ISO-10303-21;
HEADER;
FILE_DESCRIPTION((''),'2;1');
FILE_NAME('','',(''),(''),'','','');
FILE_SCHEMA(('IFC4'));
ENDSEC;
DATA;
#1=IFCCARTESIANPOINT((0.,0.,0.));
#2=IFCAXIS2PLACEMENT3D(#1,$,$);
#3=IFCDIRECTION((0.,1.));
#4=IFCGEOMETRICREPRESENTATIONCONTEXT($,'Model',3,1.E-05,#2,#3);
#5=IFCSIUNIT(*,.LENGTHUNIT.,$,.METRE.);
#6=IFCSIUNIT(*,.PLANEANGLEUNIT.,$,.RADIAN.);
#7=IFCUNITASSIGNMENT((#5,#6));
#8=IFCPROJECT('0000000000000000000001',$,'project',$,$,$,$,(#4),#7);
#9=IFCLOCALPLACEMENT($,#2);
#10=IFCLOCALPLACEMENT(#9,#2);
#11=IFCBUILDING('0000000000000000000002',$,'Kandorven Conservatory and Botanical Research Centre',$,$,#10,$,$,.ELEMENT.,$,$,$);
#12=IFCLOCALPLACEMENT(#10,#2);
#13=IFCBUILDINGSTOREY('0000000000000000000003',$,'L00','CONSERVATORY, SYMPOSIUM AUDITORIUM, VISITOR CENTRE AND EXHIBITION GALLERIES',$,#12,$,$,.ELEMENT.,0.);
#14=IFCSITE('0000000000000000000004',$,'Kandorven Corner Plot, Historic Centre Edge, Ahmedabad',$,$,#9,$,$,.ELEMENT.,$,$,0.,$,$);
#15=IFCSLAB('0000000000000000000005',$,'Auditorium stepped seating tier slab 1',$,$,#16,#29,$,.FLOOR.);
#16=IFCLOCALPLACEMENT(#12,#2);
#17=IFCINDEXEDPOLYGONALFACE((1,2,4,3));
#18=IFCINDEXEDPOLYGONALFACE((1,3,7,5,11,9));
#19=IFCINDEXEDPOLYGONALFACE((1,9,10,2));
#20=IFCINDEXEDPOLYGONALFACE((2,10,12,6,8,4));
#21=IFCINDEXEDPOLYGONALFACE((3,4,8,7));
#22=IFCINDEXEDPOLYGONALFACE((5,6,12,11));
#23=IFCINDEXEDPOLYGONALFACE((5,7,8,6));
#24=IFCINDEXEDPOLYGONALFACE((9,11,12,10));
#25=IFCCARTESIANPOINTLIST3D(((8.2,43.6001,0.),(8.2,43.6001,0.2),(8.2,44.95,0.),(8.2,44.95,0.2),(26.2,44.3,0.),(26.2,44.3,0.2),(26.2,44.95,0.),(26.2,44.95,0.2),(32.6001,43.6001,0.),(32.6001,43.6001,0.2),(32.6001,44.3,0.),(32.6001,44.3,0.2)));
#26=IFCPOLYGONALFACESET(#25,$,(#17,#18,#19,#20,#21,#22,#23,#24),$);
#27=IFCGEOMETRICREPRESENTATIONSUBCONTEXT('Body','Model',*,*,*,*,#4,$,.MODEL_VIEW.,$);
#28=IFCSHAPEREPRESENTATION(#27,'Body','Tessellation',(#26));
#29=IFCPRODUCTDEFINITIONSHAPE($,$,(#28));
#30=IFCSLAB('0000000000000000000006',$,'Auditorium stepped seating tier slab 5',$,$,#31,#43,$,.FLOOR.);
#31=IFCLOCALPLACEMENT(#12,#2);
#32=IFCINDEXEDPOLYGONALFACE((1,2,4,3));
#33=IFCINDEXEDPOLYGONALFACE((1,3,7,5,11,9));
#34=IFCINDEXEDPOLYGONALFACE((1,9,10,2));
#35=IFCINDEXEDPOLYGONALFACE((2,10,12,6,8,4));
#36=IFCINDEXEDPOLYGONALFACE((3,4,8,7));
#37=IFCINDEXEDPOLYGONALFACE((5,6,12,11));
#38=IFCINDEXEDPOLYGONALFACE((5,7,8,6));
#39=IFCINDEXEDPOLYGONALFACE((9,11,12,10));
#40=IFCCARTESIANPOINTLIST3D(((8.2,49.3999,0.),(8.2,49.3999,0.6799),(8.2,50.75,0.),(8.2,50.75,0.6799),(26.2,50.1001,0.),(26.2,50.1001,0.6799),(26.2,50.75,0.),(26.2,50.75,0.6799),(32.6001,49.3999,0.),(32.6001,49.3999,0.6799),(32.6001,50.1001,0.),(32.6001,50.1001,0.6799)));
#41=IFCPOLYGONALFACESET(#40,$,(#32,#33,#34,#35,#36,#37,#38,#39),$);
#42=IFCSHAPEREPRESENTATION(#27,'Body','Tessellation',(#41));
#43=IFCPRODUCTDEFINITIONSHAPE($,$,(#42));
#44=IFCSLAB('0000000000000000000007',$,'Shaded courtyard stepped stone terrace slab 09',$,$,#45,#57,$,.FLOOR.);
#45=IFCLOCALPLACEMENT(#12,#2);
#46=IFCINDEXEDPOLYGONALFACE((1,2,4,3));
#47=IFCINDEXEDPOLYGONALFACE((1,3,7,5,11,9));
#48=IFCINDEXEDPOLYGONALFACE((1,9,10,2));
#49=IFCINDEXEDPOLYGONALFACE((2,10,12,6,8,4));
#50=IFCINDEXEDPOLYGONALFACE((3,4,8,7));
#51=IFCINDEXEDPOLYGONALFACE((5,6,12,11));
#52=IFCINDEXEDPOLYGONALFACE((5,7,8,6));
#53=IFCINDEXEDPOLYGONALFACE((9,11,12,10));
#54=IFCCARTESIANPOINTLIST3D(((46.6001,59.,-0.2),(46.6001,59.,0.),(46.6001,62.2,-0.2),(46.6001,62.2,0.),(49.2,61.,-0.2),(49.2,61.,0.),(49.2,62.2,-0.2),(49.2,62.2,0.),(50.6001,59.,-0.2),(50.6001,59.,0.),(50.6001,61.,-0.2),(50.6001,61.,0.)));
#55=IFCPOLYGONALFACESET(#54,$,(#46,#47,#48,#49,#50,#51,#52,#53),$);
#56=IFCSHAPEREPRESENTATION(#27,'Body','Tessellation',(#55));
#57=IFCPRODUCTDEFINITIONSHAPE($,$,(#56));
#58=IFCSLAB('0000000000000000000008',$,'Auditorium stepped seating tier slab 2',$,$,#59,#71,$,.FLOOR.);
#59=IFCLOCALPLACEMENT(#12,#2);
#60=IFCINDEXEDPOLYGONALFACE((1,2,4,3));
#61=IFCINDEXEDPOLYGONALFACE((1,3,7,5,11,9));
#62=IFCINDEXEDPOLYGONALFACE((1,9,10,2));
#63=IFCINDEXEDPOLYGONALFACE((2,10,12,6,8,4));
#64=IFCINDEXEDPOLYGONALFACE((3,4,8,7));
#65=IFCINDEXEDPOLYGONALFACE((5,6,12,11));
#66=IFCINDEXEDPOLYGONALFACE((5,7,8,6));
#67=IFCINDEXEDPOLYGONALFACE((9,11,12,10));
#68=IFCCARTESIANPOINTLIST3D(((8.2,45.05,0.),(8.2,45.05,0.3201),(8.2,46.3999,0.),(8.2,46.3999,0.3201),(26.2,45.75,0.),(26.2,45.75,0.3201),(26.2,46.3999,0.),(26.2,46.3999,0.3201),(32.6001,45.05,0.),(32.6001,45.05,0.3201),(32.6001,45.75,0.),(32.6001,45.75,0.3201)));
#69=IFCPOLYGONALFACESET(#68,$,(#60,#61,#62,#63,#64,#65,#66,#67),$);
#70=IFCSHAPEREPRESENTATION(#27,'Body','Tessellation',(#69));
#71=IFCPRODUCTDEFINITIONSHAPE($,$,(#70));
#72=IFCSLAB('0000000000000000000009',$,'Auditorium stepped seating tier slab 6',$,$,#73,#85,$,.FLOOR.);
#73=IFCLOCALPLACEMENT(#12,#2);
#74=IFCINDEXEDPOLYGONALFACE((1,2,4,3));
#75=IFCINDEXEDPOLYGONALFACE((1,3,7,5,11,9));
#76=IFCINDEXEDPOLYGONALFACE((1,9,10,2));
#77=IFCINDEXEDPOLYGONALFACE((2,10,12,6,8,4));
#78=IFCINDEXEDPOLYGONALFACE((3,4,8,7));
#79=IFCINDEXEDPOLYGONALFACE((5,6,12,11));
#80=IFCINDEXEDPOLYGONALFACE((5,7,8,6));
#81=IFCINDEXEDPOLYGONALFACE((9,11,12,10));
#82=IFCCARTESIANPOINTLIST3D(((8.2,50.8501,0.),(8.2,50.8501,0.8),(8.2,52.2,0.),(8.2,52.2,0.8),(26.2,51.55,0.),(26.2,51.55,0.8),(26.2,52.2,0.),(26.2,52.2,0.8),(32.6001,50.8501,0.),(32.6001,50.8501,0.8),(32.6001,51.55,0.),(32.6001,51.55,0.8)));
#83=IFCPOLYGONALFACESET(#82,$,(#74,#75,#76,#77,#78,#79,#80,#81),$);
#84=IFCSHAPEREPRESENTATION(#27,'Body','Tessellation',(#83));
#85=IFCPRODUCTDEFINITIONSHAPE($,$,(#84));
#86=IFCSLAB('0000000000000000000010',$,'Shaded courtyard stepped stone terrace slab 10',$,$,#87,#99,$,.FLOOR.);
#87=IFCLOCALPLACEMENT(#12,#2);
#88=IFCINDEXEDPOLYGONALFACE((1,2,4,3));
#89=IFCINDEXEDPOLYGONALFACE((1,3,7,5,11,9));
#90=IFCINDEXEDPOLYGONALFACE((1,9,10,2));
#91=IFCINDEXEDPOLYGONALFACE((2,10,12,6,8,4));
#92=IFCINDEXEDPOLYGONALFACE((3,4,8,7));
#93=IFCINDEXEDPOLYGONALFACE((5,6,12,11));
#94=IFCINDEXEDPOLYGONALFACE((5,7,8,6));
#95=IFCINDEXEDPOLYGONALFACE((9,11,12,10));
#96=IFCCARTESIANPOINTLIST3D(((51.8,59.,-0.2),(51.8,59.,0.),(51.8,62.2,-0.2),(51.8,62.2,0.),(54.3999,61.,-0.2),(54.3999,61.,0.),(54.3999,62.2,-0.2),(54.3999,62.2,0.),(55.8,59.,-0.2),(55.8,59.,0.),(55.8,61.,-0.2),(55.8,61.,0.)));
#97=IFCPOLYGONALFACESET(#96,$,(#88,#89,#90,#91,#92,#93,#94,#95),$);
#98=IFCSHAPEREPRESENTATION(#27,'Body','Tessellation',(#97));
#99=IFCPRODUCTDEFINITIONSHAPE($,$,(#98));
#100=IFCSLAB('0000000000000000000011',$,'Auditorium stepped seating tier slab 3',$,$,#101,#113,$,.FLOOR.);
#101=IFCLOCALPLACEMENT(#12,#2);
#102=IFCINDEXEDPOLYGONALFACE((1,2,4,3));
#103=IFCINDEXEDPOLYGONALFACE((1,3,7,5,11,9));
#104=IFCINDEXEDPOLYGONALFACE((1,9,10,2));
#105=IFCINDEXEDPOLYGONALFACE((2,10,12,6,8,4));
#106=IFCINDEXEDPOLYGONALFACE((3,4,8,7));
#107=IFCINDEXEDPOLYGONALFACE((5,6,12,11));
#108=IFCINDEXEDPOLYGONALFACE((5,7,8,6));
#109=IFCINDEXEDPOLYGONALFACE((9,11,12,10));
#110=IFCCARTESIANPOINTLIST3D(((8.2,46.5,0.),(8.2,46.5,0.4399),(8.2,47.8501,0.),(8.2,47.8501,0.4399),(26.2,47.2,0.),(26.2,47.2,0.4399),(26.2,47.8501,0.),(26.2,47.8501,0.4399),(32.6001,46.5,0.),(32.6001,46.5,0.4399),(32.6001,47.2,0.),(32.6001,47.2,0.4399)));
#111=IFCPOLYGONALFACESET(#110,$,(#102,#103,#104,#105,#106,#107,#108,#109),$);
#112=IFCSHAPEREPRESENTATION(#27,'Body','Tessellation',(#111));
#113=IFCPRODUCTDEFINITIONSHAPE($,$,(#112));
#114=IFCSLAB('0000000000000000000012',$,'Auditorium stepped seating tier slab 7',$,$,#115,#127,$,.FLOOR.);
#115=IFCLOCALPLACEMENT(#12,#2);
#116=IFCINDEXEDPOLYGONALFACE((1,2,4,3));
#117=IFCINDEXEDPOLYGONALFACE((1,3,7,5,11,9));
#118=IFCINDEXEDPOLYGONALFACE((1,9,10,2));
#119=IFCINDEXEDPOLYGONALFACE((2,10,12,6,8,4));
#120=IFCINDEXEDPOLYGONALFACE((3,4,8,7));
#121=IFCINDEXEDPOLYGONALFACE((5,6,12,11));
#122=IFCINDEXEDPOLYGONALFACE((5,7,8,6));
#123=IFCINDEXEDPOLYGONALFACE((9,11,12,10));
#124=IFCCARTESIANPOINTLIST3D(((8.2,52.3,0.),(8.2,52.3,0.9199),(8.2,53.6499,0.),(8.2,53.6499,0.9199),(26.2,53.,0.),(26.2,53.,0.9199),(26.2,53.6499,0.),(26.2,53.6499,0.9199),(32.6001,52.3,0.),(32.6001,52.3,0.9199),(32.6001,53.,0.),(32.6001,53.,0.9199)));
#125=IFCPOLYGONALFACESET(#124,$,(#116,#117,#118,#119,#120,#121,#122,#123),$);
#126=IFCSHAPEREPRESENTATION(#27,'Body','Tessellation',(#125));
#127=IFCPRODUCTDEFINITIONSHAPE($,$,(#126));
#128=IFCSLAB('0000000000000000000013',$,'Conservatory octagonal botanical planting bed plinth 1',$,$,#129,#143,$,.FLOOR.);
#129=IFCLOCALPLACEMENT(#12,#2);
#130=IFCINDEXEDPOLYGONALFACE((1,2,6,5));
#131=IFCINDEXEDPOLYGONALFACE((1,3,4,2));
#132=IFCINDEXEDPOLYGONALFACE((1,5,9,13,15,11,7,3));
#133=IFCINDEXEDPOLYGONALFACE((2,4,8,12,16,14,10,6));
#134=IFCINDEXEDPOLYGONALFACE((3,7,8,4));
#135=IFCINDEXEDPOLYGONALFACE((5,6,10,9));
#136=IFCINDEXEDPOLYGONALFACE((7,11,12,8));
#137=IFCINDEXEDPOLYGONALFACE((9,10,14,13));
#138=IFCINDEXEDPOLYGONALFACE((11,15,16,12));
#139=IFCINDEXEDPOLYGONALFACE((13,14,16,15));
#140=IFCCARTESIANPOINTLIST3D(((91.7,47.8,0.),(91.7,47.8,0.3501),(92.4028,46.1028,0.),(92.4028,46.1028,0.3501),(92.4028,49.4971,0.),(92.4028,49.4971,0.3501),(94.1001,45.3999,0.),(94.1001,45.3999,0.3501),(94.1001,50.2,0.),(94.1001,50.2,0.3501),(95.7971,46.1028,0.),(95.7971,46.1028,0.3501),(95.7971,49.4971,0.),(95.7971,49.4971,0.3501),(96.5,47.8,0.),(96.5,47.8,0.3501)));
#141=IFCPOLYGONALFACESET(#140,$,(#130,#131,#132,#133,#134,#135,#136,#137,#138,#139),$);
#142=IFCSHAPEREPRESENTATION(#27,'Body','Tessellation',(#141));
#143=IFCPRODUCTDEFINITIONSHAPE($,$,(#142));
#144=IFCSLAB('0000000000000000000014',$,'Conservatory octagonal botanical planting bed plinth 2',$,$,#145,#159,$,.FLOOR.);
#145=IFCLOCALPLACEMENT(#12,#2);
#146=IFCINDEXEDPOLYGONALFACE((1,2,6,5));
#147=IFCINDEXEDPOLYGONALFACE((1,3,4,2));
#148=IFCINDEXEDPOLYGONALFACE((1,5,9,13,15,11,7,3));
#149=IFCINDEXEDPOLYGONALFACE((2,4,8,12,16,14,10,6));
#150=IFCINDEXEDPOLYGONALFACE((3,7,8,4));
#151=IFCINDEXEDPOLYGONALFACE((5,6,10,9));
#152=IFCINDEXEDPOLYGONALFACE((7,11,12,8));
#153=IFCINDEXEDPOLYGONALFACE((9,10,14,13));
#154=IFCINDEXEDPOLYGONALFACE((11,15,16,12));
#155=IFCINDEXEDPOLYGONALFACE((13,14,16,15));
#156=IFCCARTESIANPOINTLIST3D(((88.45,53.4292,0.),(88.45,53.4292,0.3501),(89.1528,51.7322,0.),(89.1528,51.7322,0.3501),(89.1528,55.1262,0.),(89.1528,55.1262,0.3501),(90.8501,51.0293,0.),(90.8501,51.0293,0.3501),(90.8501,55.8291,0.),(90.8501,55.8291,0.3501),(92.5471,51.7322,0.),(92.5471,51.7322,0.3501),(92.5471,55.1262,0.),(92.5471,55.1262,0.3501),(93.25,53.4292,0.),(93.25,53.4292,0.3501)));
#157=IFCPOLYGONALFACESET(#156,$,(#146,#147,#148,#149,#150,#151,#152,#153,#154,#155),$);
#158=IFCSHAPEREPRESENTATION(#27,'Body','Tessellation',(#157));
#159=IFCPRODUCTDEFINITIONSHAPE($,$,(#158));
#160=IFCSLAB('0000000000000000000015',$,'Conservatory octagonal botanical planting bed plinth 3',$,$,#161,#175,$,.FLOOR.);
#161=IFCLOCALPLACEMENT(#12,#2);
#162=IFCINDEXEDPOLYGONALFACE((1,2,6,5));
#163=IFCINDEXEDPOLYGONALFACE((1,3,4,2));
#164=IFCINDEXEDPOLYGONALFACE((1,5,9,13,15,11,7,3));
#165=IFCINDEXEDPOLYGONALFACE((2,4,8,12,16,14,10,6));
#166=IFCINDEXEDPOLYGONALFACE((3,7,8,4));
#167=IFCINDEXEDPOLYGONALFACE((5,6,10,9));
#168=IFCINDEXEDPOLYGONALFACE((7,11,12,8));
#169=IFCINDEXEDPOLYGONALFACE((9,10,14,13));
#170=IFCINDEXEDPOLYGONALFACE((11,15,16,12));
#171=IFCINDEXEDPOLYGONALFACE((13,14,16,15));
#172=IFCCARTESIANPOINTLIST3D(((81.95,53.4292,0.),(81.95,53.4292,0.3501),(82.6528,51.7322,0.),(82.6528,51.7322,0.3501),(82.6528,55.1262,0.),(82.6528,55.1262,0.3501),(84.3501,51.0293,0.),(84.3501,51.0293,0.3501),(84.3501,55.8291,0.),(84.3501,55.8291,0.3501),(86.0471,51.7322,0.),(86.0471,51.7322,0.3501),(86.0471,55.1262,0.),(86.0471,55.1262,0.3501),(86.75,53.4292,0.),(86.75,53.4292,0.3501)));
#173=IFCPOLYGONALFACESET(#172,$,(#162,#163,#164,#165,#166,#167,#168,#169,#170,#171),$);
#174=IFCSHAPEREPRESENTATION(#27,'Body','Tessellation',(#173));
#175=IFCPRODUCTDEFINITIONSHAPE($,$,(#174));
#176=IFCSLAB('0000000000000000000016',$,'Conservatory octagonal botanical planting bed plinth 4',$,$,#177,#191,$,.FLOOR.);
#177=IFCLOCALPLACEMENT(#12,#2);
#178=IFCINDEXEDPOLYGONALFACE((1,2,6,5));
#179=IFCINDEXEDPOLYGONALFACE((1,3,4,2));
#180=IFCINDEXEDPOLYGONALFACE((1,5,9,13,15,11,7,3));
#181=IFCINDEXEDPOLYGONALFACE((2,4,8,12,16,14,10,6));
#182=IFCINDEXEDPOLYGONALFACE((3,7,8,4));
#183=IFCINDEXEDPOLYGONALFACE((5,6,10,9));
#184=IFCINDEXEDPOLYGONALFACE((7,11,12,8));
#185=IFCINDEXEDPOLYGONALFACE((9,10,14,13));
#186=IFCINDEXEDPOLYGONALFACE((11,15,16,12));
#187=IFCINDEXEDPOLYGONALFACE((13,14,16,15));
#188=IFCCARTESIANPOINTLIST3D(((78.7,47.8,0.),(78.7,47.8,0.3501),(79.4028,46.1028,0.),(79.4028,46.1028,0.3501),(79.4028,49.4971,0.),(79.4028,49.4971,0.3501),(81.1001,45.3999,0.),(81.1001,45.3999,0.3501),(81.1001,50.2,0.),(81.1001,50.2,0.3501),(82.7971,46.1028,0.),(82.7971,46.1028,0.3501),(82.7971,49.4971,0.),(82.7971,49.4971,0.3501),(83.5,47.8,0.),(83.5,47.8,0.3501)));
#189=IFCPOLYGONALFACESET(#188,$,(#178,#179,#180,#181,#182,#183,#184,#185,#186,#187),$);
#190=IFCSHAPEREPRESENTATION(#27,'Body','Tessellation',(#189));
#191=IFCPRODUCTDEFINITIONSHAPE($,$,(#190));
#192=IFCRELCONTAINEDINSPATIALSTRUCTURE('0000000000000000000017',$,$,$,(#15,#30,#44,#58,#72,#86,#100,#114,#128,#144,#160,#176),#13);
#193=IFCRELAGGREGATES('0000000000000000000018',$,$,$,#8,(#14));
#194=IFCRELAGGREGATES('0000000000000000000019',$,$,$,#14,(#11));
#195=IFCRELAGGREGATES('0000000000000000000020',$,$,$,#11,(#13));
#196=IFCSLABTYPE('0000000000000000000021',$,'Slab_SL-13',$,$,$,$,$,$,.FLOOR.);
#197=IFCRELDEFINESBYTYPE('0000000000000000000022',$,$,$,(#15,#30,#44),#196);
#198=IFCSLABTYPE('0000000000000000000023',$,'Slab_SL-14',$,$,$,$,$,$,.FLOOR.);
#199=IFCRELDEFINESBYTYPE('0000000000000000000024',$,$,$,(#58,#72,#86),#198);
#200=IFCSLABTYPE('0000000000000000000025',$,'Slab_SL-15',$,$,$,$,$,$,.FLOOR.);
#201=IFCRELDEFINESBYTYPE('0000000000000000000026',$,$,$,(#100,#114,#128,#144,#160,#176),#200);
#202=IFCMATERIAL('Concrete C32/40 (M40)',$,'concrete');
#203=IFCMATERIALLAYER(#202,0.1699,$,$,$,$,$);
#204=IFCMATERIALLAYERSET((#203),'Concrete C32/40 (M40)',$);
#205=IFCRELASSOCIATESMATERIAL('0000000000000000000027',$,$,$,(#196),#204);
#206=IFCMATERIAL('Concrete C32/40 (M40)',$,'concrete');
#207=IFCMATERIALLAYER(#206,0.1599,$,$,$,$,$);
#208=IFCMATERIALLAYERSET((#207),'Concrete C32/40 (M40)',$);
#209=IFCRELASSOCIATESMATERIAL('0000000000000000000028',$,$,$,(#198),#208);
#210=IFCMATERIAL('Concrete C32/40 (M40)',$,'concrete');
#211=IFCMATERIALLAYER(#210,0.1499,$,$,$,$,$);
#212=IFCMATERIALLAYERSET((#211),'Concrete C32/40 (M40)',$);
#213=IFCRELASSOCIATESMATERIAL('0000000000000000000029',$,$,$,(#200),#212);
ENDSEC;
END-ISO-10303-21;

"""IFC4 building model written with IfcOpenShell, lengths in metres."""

from ifc_helpers import new_model, si_unit, direction, frame, origin, place, context, subcontext, project, spatial, polyline, outline, extrude, material, layer, layer_set, type_object, element, save


model = new_model("IFC4")

# Units and contexts
model_context = context("Model", 3, precision=1e-05, world=origin(), true_north=direction((0.0, 1.0)))
body_context = subcontext(model_context, "Body", "Model", "MODEL_VIEW")
ifc_project = project(units=[si_unit("LENGTHUNIT", "METRE"), si_unit("PLANEANGLEUNIT", "RADIAN")], contexts=[model_context])

# Site, building, storey
site_placement = place(None, origin())
site = spatial("IfcSite", under=ifc_project, at=site_placement, Name="Kandorven Corner Plot, Historic Centre Edge, Ahmedabad", CompositionType="ELEMENT", RefElevation=0.0)
building_placement = place(site_placement, origin())
building = spatial("IfcBuilding", under=site, at=building_placement, Name="Kandorven Conservatory and Botanical Research Centre", CompositionType="ELEMENT")
storey_placement = place(building_placement, origin())
storey = spatial("IfcBuildingStorey", under=building, at=storey_placement, Name="L00", Description="CONSERVATORY, SYMPOSIUM AUDITORIUM, VISITOR CENTRE AND EXHIBITION GALLERIES", CompositionType="ELEMENT", Elevation=0.0)

# Slabs
ifc_material_1 = material(Name="Concrete C32/40 (M40)", Category="concrete")
ifc_layer_1 = layer(ifc_material_1, 0.1699)
ifc_layer_set_1 = layer_set([ifc_layer_1], Name="Concrete C32/40 (M40)")
slab_type_1 = type_object("IfcSlabType", Name="Slab_SL-13", PredefinedType="FLOOR", material=ifc_layer_set_1)
slab_1_placement = place(storey_placement, origin())
element("IfcSlab", 1, at=slab_1_placement, inside=storey, type_object=slab_type_1, Name="Auditorium stepped seating tier slab 1", PredefinedType="FLOOR", context=body_context, shape_type="SweptSolid", body=[
    extrude(outline(polyline([(8.2, 43.6001), (32.6001, 43.6001), (32.6001, 44.3), (26.2, 44.3), (26.2, 44.95), (8.2, 44.95), (8.2, 43.6001)])), origin(), (0.0, 0.0, 1.0), 0.2),
])
slab_2_placement = place(storey_placement, origin())
element("IfcSlab", 2, at=slab_2_placement, inside=storey, type_object=slab_type_1, Name="Auditorium stepped seating tier slab 5", PredefinedType="FLOOR", context=body_context, shape_type="SweptSolid", body=[
    extrude(outline(polyline([(8.2, 49.3999), (32.6001, 49.3999), (32.6001, 50.1001), (26.2, 50.1001), (26.2, 50.75), (8.2, 50.75), (8.2, 49.3999)])), origin(), (0.0, 0.0, 1.0), 0.6799),
])
slab_3_placement = place(storey_placement, frame((0.0, 0.0, -0.2)))
element("IfcSlab", 3, at=slab_3_placement, inside=storey, type_object=slab_type_1, Name="Shaded courtyard stepped stone terrace slab 09", PredefinedType="FLOOR", context=body_context, shape_type="SweptSolid", body=[
    extrude(outline(polyline([(46.6001, 59.0), (50.6001, 59.0), (50.6001, 61.0), (49.2, 61.0), (49.2, 62.2), (46.6001, 62.2), (46.6001, 59.0)])), origin(), (0.0, 0.0, 1.0), 0.2),
])
ifc_material_2 = material(Name="Concrete C32/40 (M40)", Category="concrete")
ifc_layer_2 = layer(ifc_material_2, 0.1599)
ifc_layer_set_2 = layer_set([ifc_layer_2], Name="Concrete C32/40 (M40)")
slab_type_2 = type_object("IfcSlabType", Name="Slab_SL-14", PredefinedType="FLOOR", material=ifc_layer_set_2)
slab_4_placement = place(storey_placement, origin())
element("IfcSlab", 4, at=slab_4_placement, inside=storey, type_object=slab_type_2, Name="Auditorium stepped seating tier slab 2", PredefinedType="FLOOR", context=body_context, shape_type="SweptSolid", body=[
    extrude(outline(polyline([(8.2, 45.05), (32.6001, 45.05), (32.6001, 45.75), (26.2, 45.75), (26.2, 46.3999), (8.2, 46.3999), (8.2, 45.05)])), origin(), (0.0, 0.0, 1.0), 0.3201),
])
slab_5_placement = place(storey_placement, origin())
element("IfcSlab", 5, at=slab_5_placement, inside=storey, type_object=slab_type_2, Name="Auditorium stepped seating tier slab 6", PredefinedType="FLOOR", context=body_context, shape_type="SweptSolid", body=[
    extrude(outline(polyline([(8.2, 50.8501), (32.6001, 50.8501), (32.6001, 51.55), (26.2, 51.55), (26.2, 52.2), (8.2, 52.2), (8.2, 50.8501)])), origin(), (0.0, 0.0, 1.0), 0.8),
])
slab_6_placement = place(storey_placement, frame((0.0, 0.0, -0.2)))
element("IfcSlab", 6, at=slab_6_placement, inside=storey, type_object=slab_type_2, Name="Shaded courtyard stepped stone terrace slab 10", PredefinedType="FLOOR", context=body_context, shape_type="SweptSolid", body=[
    extrude(outline(polyline([(51.8, 59.0), (55.8, 59.0), (55.8, 61.0), (54.3999, 61.0), (54.3999, 62.2), (51.8, 62.2), (51.8, 59.0)])), origin(), (0.0, 0.0, 1.0), 0.2),
])
ifc_material_3 = material(Name="Concrete C32/40 (M40)", Category="concrete")
ifc_layer_3 = layer(ifc_material_3, 0.1499)
ifc_layer_set_3 = layer_set([ifc_layer_3], Name="Concrete C32/40 (M40)")
slab_type_3 = type_object("IfcSlabType", Name="Slab_SL-15", PredefinedType="FLOOR", material=ifc_layer_set_3)
slab_7_placement = place(storey_placement, origin())
element("IfcSlab", 7, at=slab_7_placement, inside=storey, type_object=slab_type_3, Name="Auditorium stepped seating tier slab 3", PredefinedType="FLOOR", context=body_context, shape_type="SweptSolid", body=[
    extrude(outline(polyline([(8.2, 46.5), (32.6001, 46.5), (32.6001, 47.2), (26.2, 47.2), (26.2, 47.8501), (8.2, 47.8501), (8.2, 46.5)])), origin(), (0.0, 0.0, 1.0), 0.4399),
])
slab_8_placement = place(storey_placement, origin())
element("IfcSlab", 8, at=slab_8_placement, inside=storey, type_object=slab_type_3, Name="Auditorium stepped seating tier slab 7", PredefinedType="FLOOR", context=body_context, shape_type="SweptSolid", body=[
    extrude(outline(polyline([(8.2, 52.3), (32.6001, 52.3), (32.6001, 53.0), (26.2, 53.0), (26.2, 53.6499), (8.2, 53.6499), (8.2, 52.3)])), origin(), (0.0, 0.0, 1.0), 0.9199),
])
slab_9_placement = place(storey_placement, origin())
element("IfcSlab", 9, at=slab_9_placement, inside=storey, type_object=slab_type_3, Name="Conservatory octagonal botanical planting bed plinth 1", PredefinedType="FLOOR", context=body_context, shape_type="SweptSolid", body=[
    extrude(outline(polyline([(96.5, 47.8), (95.7971, 49.4971), (94.1001, 50.2), (92.4028, 49.4971), (91.7, 47.8), (92.4028, 46.1028), (94.1001, 45.3999), (95.7971, 46.1028), (96.5, 47.8)])), origin(), (0.0, 0.0, 1.0), 0.3501),
])
slab_10_placement = place(storey_placement, origin())
element("IfcSlab", 10, at=slab_10_placement, inside=storey, type_object=slab_type_3, Name="Conservatory octagonal botanical planting bed plinth 2", PredefinedType="FLOOR", context=body_context, shape_type="SweptSolid", body=[
    extrude(outline(polyline([(93.25, 53.4292), (92.5471, 55.1262), (90.8501, 55.8291), (89.1528, 55.1262), (88.45, 53.4292), (89.1528, 51.7322), (90.8501, 51.0293), (92.5471, 51.7322), (93.25, 53.4292)])), origin(), (0.0, 0.0, 1.0), 0.3501),
])
slab_11_placement = place(storey_placement, origin())
element("IfcSlab", 11, at=slab_11_placement, inside=storey, type_object=slab_type_3, Name="Conservatory octagonal botanical planting bed plinth 3", PredefinedType="FLOOR", context=body_context, shape_type="SweptSolid", body=[
    extrude(outline(polyline([(86.75, 53.4292), (86.0471, 55.1262), (84.3501, 55.8291), (82.6528, 55.1262), (81.95, 53.4292), (82.6528, 51.7322), (84.3501, 51.0293), (86.0471, 51.7322), (86.75, 53.4292)])), origin(), (0.0, 0.0, 1.0), 0.3501),
])
slab_12_placement = place(storey_placement, origin())
element("IfcSlab", 12, at=slab_12_placement, inside=storey, type_object=slab_type_3, Name="Conservatory octagonal botanical planting bed plinth 4", PredefinedType="FLOOR", context=body_context, shape_type="SweptSolid", body=[
    extrude(outline(polyline([(83.5, 47.8), (82.7971, 49.4971), (81.1001, 50.2), (79.4028, 49.4971), (78.7, 47.8), (79.4028, 46.1028), (81.1001, 45.3999), (82.7971, 46.1028), (83.5, 47.8)])), origin(), (0.0, 0.0, 1.0), 0.3501),
])

save(model, "model.ifc")
